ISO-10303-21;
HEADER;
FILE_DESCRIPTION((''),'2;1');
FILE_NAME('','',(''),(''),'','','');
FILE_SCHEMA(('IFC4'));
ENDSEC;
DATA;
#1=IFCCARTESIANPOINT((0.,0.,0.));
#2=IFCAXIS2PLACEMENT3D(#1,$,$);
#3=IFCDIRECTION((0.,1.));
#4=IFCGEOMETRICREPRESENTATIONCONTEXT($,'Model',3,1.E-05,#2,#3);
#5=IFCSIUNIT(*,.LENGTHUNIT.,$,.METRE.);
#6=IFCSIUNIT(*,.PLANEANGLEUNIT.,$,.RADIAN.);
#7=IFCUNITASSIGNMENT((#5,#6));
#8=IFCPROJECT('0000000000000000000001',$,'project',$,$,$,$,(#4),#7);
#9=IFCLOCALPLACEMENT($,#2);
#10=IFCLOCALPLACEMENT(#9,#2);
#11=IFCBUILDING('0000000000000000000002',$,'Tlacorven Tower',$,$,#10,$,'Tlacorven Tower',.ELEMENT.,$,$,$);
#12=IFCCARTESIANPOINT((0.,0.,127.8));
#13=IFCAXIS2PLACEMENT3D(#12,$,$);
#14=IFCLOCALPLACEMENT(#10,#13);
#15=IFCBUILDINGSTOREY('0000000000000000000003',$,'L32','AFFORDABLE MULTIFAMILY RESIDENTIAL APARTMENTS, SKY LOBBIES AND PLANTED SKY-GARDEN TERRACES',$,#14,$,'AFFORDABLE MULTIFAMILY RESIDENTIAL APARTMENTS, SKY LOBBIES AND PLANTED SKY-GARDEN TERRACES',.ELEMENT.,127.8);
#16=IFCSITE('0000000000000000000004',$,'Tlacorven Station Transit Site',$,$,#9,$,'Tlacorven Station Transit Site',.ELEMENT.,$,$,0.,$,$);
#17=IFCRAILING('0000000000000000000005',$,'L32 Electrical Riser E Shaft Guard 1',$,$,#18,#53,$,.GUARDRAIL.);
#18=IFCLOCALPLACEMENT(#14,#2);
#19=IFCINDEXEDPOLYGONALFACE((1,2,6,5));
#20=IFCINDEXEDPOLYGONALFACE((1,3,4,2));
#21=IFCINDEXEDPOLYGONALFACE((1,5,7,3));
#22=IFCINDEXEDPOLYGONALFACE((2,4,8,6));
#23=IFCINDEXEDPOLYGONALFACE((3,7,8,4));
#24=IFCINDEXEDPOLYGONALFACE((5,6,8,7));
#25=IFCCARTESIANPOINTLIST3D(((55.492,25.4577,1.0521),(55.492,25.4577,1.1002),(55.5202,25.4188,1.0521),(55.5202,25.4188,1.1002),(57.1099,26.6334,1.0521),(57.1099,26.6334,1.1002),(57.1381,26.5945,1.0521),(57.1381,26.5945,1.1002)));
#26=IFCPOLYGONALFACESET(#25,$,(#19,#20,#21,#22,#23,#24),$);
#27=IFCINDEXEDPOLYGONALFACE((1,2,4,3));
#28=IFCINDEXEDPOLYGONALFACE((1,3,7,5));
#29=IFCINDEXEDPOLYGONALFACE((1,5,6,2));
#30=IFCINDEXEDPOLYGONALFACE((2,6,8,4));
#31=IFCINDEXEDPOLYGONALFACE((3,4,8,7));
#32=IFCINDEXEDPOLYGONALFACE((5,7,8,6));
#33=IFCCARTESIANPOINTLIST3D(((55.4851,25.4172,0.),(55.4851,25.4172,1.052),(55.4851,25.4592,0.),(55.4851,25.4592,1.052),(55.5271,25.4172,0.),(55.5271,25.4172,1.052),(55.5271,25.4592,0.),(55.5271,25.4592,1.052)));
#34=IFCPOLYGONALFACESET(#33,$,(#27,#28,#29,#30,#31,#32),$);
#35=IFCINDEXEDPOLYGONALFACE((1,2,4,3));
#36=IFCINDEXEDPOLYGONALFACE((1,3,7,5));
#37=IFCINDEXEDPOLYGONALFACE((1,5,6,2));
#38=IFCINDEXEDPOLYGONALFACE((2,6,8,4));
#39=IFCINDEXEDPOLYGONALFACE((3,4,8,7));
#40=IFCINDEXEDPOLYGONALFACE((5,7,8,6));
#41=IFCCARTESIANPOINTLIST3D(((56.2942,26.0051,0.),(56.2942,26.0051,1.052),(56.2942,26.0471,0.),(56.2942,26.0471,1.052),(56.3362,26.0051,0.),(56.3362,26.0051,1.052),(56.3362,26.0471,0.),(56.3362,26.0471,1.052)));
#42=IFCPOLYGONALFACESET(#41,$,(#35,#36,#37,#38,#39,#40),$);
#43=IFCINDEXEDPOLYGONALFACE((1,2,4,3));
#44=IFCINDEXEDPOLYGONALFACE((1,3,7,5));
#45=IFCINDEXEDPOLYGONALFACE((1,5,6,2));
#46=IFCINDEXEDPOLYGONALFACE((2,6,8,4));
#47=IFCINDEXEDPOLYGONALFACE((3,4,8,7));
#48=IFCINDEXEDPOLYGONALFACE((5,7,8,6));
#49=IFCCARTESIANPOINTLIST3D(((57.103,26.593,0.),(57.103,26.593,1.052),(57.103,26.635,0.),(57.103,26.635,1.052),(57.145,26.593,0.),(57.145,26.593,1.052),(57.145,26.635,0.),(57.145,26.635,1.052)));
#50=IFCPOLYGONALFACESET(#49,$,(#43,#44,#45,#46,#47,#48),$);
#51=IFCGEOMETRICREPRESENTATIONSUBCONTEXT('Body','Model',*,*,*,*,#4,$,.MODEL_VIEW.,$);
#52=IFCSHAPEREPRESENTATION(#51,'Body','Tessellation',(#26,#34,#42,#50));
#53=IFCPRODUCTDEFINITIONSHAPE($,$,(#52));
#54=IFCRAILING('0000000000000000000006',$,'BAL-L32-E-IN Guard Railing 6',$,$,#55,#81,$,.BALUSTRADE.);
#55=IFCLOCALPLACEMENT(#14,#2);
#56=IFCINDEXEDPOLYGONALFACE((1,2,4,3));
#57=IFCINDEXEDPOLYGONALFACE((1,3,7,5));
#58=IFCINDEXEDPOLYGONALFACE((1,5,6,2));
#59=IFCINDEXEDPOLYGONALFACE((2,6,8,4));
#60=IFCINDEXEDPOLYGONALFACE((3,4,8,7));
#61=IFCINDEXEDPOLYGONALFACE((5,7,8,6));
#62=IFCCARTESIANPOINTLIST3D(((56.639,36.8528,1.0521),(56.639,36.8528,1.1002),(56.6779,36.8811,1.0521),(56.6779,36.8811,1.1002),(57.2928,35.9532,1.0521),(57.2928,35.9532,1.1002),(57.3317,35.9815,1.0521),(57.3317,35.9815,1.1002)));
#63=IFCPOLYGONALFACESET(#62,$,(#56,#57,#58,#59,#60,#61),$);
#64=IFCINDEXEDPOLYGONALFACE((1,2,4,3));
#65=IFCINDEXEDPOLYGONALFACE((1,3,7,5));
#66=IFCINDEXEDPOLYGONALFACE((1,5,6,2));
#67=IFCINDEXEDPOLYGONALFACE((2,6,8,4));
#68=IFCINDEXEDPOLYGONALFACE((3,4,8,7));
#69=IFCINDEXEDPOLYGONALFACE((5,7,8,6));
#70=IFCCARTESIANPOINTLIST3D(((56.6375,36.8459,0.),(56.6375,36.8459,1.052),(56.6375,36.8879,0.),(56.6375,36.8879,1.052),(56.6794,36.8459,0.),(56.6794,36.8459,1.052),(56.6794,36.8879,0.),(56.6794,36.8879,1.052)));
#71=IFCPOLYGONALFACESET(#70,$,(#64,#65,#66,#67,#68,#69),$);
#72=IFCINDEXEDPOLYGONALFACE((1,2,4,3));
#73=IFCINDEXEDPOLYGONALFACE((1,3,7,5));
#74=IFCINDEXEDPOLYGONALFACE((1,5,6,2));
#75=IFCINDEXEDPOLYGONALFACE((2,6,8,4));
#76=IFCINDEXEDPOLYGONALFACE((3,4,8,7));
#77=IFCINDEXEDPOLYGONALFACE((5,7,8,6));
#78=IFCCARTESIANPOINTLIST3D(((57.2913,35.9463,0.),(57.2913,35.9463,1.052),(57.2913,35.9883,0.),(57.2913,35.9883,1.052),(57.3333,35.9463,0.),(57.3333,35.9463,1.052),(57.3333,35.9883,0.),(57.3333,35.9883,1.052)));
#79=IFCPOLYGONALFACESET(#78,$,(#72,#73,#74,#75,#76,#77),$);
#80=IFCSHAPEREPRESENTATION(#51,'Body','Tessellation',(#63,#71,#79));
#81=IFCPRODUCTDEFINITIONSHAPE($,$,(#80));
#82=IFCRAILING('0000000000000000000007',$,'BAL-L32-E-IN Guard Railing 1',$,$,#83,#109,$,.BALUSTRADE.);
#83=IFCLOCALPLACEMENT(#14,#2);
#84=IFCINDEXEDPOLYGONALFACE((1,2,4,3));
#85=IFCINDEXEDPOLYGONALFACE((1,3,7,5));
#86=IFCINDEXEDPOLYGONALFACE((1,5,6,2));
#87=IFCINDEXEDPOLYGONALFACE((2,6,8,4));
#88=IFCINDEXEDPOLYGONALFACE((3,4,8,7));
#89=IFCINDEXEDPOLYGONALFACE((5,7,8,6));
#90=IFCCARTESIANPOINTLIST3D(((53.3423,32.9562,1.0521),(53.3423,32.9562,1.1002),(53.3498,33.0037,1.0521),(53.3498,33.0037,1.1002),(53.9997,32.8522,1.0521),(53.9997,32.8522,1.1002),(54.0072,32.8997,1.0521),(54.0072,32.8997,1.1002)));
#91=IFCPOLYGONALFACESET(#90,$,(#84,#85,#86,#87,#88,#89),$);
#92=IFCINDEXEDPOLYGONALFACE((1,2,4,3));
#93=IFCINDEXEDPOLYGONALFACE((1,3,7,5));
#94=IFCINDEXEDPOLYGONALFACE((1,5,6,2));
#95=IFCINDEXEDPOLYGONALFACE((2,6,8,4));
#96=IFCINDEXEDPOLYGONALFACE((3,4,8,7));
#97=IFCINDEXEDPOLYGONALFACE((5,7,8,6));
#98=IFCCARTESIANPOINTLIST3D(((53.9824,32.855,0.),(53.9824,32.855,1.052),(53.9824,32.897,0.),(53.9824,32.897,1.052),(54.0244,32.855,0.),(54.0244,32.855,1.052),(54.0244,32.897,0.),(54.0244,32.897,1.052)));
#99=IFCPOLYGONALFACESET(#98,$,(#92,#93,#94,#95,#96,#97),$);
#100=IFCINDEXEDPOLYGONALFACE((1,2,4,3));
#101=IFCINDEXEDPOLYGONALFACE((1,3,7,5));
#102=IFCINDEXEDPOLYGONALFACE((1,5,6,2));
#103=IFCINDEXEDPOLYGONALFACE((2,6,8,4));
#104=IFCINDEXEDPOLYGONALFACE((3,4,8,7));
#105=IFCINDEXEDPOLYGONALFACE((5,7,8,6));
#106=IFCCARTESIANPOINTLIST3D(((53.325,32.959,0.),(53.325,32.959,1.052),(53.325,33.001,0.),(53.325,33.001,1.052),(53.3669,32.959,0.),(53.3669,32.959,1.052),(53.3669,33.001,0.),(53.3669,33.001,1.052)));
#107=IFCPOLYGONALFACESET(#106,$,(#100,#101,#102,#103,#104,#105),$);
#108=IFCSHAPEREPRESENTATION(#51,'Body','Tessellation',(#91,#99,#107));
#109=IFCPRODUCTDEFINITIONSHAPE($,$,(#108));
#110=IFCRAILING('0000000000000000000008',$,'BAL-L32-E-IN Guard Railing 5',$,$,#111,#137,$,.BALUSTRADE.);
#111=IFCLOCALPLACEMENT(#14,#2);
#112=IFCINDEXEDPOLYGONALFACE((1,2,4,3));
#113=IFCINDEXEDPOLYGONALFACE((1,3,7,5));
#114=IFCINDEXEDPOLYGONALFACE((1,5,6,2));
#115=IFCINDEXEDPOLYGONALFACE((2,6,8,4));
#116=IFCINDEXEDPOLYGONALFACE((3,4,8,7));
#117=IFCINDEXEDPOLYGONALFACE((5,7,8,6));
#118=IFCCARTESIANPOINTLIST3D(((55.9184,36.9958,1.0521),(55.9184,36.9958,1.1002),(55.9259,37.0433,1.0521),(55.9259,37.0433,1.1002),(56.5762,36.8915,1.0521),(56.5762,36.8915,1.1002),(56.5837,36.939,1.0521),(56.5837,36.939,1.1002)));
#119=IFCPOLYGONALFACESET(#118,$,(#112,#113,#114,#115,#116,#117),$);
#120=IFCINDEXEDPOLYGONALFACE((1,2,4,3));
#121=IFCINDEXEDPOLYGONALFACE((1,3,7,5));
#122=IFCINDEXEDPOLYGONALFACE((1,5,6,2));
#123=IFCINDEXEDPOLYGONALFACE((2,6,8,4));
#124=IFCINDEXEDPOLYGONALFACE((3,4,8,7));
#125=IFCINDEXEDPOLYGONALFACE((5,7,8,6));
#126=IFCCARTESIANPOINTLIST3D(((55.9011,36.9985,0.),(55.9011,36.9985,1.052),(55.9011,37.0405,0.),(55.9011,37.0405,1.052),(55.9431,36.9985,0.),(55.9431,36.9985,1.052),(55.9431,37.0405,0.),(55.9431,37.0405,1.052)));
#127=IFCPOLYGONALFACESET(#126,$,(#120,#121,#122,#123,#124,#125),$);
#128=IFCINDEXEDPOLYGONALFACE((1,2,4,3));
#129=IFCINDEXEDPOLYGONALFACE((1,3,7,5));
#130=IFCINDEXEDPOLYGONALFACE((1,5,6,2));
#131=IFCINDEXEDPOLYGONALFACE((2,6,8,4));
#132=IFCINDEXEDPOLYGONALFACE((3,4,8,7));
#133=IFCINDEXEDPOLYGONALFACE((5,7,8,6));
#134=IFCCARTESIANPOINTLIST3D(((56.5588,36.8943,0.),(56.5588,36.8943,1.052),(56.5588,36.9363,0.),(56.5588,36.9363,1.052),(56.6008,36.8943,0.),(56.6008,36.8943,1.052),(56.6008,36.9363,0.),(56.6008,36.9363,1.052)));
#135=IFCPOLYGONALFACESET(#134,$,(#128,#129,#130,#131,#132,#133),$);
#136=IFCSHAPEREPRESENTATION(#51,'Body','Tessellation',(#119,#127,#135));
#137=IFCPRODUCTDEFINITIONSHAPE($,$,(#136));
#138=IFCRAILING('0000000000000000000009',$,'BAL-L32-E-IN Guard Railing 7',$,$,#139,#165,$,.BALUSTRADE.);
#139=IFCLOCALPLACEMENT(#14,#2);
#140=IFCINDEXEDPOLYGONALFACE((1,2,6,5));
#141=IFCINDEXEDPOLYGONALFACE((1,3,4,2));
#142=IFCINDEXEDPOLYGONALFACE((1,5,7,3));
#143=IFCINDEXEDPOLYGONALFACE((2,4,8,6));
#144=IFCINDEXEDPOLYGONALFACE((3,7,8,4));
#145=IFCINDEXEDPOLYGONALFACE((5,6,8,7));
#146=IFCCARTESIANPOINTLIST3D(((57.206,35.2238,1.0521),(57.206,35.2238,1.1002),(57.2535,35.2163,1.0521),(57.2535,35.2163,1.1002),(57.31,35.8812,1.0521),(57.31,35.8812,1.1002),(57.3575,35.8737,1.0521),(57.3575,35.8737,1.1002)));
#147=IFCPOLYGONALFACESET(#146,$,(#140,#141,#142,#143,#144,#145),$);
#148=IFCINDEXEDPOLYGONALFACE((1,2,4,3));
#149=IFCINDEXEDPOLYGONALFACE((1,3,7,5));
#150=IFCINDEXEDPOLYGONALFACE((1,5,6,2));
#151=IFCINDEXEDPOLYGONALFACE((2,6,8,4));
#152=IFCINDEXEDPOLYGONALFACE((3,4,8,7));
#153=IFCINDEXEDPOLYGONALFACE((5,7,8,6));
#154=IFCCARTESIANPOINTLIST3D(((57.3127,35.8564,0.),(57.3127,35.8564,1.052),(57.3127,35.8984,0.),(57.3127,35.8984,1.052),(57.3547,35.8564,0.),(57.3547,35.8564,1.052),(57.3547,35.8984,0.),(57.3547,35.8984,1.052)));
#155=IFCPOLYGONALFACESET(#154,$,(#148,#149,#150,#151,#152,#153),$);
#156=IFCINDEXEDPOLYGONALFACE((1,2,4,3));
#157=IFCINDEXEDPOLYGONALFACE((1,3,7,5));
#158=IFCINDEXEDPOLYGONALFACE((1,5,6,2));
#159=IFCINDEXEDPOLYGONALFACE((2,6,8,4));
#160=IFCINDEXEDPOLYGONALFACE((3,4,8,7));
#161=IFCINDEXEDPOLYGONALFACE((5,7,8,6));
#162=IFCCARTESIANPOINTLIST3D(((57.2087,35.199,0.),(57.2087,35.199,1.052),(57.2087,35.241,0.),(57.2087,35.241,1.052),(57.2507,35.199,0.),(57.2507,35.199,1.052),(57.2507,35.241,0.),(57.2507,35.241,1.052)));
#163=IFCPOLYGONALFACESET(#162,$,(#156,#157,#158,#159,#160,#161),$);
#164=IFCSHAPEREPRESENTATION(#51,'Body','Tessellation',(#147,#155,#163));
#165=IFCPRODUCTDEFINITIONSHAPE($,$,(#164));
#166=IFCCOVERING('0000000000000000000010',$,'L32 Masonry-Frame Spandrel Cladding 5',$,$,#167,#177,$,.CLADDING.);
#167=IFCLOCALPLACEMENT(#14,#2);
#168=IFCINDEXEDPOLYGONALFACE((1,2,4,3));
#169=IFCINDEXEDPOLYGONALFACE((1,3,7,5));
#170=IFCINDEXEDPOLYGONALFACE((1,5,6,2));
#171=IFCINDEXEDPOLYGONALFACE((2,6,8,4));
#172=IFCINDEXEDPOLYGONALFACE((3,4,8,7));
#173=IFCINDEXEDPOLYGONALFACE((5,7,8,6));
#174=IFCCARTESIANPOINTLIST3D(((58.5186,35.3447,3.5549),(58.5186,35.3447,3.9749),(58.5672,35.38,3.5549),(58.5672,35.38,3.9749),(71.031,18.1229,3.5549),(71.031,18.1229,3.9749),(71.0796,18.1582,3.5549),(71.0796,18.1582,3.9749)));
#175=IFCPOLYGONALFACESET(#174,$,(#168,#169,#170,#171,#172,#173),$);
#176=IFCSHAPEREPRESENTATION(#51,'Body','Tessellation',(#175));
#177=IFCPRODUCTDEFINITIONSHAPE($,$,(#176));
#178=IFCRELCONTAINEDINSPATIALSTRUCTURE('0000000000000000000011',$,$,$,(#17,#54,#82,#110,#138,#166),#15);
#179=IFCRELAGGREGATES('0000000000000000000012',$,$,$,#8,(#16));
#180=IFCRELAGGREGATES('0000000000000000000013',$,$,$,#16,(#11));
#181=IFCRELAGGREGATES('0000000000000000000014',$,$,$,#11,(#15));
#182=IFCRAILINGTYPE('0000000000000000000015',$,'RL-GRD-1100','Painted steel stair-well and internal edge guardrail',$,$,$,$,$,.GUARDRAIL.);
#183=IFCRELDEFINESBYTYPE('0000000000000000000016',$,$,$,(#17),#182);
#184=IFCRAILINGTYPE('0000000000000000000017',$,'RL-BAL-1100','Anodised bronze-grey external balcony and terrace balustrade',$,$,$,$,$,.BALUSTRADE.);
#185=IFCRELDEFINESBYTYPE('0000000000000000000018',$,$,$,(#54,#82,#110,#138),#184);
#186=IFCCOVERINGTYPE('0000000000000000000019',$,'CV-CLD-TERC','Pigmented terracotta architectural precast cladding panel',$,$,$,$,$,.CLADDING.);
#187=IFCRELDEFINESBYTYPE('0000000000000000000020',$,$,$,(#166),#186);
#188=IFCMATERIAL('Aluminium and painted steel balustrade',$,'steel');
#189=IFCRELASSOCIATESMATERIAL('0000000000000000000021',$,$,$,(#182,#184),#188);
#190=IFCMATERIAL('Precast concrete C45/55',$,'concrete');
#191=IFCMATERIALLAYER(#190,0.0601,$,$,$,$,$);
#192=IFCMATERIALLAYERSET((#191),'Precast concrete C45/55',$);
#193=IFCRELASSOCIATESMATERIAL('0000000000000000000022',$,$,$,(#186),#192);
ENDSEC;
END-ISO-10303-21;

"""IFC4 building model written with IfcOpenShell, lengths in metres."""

from ifc_helpers import new_model, si_unit, direction, frame, origin, origin_2d, place, context, subcontext, project, spatial, rectangle, extrude, source, transform, mapped, material, layer, layer_set, type_object, element, save


model = new_model("IFC4")

# Units and contexts
model_context = context("Model", 3, precision=1e-05, world=origin(), true_north=direction((0.0, 1.0)))
body_context = subcontext(model_context, "Body", "Model", "MODEL_VIEW")
ifc_project = project(units=[si_unit("LENGTHUNIT", "METRE"), si_unit("PLANEANGLEUNIT", "RADIAN")], contexts=[model_context])

# Site, building, storey
site_placement = place(None, origin())
site = spatial("IfcSite", under=ifc_project, at=site_placement, Name="Tlacorven Station Transit Site", LongName="Tlacorven Station Transit Site", CompositionType="ELEMENT", RefElevation=0.0)
building_placement = place(site_placement, origin())
building = spatial("IfcBuilding", under=site, at=building_placement, Name="Tlacorven Tower", LongName="Tlacorven Tower", CompositionType="ELEMENT")
storey_placement = place(building_placement, frame((0.0, 0.0, 127.8)))
storey = spatial("IfcBuildingStorey", under=building, at=storey_placement, Name="L32", Description="AFFORDABLE MULTIFAMILY RESIDENTIAL APARTMENTS, SKY LOBBIES AND PLANTED SKY-GARDEN TERRACES", LongName="AFFORDABLE MULTIFAMILY RESIDENTIAL APARTMENTS, SKY LOBBIES AND PLANTED SKY-GARDEN TERRACES", CompositionType="ELEMENT", Elevation=127.8)

# Shared definitions
ifc_material_1 = material(Name="Precast concrete C45/55", Category="concrete")

# Railings
ifc_material_2 = material(Name="Aluminium and painted steel balustrade", Category="steel")
railing_type_1 = type_object("IfcRailingType", Name="RL-GRD-1100", Description="Painted steel stair-well and internal edge guardrail", PredefinedType="GUARDRAIL", material=ifc_material_2)
shared_shape_1 = source(origin(), body_context, "Body", "SweptSolid", [
    extrude(rectangle(XDim=0.0481, YDim=0.0481, at=origin_2d()), frame((0.0, 0.0, 1.0762), z_axis=(0.808947, 0.587881, 0.0), x_axis=(-0.587881, 0.808947, 0.0)), (0.0, 0.0, 1.0), 2.0),
    extrude(rectangle(XDim=0.042, YDim=0.042, at=origin_2d()), origin(), (0.0, 0.0, 1.0), 1.052),
    extrude(rectangle(XDim=0.042, YDim=0.042, at=origin_2d()), frame((0.8091, 0.5879, 0.0)), (0.0, 0.0, 1.0), 1.052),
    extrude(rectangle(XDim=0.042, YDim=0.042, at=origin_2d()), frame((1.6179, 1.1758, 0.0)), (0.0, 0.0, 1.0), 1.052),
])
railing_1_placement = place(storey_placement, frame((55.5061, 25.4382, 0.0)))
element("IfcRailing", 1, at=railing_1_placement, inside=storey, type_object=railing_type_1, Name="L32 Electrical Riser E Shaft Guard 1", PredefinedType="GUARDRAIL", context=body_context, shape_type="MappedRepresentation", body=[
    mapped(shared_shape_1, transform((0.0, 0.0, 0.0), scale=1.0)),
])
railing_type_2 = type_object("IfcRailingType", Name="RL-BAL-1100", Description="Anodised bronze-grey external balcony and terrace balustrade", PredefinedType="BALUSTRADE", material=ifc_material_2)
shared_shape_2 = source(origin(), body_context, "Body", "SweptSolid", [
    extrude(rectangle(XDim=0.0481, YDim=0.0481, at=origin_2d()), frame((0.0, 0.0, 1.0762), z_axis=(0.587884, -0.808945, 0.0), x_axis=(0.808945, 0.587884, 0.0)), (0.0, 0.0, 1.0), 1.1121),
    extrude(rectangle(XDim=0.042, YDim=0.042, at=origin_2d()), origin(), (0.0, 0.0, 1.0), 1.052),
    extrude(rectangle(XDim=0.042, YDim=0.042, at=origin_2d()), frame((0.6538, -0.8997, 0.0)), (0.0, 0.0, 1.0), 1.052),
])
railing_2_placement = place(storey_placement, frame((56.6584, 36.8669, 0.0)))
element("IfcRailing", 2, at=railing_2_placement, inside=storey, type_object=railing_type_2, Name="BAL-L32-E-IN Guard Railing 6", PredefinedType="BALUSTRADE", context=body_context, shape_type="MappedRepresentation", body=[
    mapped(shared_shape_2, transform((0.0, 0.0, 0.0), scale=1.0)),
])
shared_shape_3 = source(origin(), body_context, "Body", "SweptSolid", [
    extrude(rectangle(XDim=0.0481, YDim=0.0481, at=origin_2d()), frame((0.0, 0.0, 1.0762), z_axis=(-0.987718, 0.156245, 0.0), x_axis=(-0.156245, -0.987718, 0.0)), (0.0, 0.0, 1.0), 0.6655),
    extrude(rectangle(XDim=0.042, YDim=0.042, at=origin_2d()), origin(), (0.0, 0.0, 1.0), 1.052),
    extrude(rectangle(XDim=0.042, YDim=0.042, at=origin_2d()), frame((-0.6575, 0.104, 0.0)), (0.0, 0.0, 1.0), 1.052),
])
railing_3_placement = place(storey_placement, frame((54.0034, 32.876, 0.0)))
element("IfcRailing", 3, at=railing_3_placement, inside=storey, type_object=railing_type_2, Name="BAL-L32-E-IN Guard Railing 1", PredefinedType="BALUSTRADE", context=body_context, shape_type="MappedRepresentation", body=[
    mapped(shared_shape_3, transform((0.0, 0.0, 0.0), scale=1.0)),
])
shared_shape_4 = source(origin(), body_context, "Body", "SweptSolid", [
    extrude(rectangle(XDim=0.0481, YDim=0.0481, at=origin_2d()), frame((0.0, 0.0, 1.0762), z_axis=(0.987671, -0.156546, 0.0), x_axis=(0.156546, 0.987671, 0.0)), (0.0, 0.0, 1.0), 0.666),
    extrude(rectangle(XDim=0.042, YDim=0.042, at=origin_2d()), origin(), (0.0, 0.0, 1.0), 1.052),
    extrude(rectangle(XDim=0.042, YDim=0.042, at=origin_2d()), frame((0.6577, -0.1042, 0.0)), (0.0, 0.0, 1.0), 1.052),
])
railing_4_placement = place(storey_placement, frame((55.9221, 37.0195, 0.0)))
element("IfcRailing", 4, at=railing_4_placement, inside=storey, type_object=railing_type_2, Name="BAL-L32-E-IN Guard Railing 5", PredefinedType="BALUSTRADE", context=body_context, shape_type="MappedRepresentation", body=[
    mapped(shared_shape_4, transform((0.0, 0.0, 0.0), scale=1.0)),
])
shared_shape_5 = source(origin(), body_context, "Body", "SweptSolid", [
    extrude(rectangle(XDim=0.0481, YDim=0.0481, at=origin_2d()), frame((0.0, 0.0, 1.0762), z_axis=(-0.156245, -0.987718, 0.0), x_axis=(0.987718, -0.156245, 0.0)), (0.0, 0.0, 1.0), 0.6655),
    extrude(rectangle(XDim=0.042, YDim=0.042, at=origin_2d()), origin(), (0.0, 0.0, 1.0), 1.052),
    extrude(rectangle(XDim=0.042, YDim=0.042, at=origin_2d()), frame((-0.104, -0.6575, 0.0)), (0.0, 0.0, 1.0), 1.052),
])
railing_5_placement = place(storey_placement, frame((57.3337, 35.8774, 0.0)))
element("IfcRailing", 5, at=railing_5_placement, inside=storey, type_object=railing_type_2, Name="BAL-L32-E-IN Guard Railing 7", PredefinedType="BALUSTRADE", context=body_context, shape_type="MappedRepresentation", body=[
    mapped(shared_shape_5, transform((0.0, 0.0, 0.0), scale=1.0)),
])

# Covering
ifc_layer_1 = layer(ifc_material_1, 0.0601)
ifc_layer_set_1 = layer_set([ifc_layer_1], Name="Precast concrete C45/55")
covering_type = type_object("IfcCoveringType", Name="CV-CLD-TERC", Description="Pigmented terracotta architectural precast cladding panel", PredefinedType="CLADDING", material=ifc_layer_set_1)
shared_shape_6 = source(origin(), body_context, "Body", "SweptSolid", [
    extrude(rectangle(XDim=21.2874, YDim=0.0601, at=origin_2d()), origin(), (0.0, 0.0, 1.0), 0.4199),
])
covering_placement = place(storey_placement, frame((64.7991, 26.7515, 3.5549), z_axis=(0.0, 0.0, 1.0), x_axis=(0.587785, -0.809017, 0.0)))
element("IfcCovering", 6, at=covering_placement, inside=storey, type_object=covering_type, Name="L32 Masonry-Frame Spandrel Cladding 5", PredefinedType="CLADDING", context=body_context, shape_type="MappedRepresentation", body=[
    mapped(shared_shape_6, transform((0.0, 0.0, 0.0), scale=1.0)),
])

save(model, "model.ifc")
